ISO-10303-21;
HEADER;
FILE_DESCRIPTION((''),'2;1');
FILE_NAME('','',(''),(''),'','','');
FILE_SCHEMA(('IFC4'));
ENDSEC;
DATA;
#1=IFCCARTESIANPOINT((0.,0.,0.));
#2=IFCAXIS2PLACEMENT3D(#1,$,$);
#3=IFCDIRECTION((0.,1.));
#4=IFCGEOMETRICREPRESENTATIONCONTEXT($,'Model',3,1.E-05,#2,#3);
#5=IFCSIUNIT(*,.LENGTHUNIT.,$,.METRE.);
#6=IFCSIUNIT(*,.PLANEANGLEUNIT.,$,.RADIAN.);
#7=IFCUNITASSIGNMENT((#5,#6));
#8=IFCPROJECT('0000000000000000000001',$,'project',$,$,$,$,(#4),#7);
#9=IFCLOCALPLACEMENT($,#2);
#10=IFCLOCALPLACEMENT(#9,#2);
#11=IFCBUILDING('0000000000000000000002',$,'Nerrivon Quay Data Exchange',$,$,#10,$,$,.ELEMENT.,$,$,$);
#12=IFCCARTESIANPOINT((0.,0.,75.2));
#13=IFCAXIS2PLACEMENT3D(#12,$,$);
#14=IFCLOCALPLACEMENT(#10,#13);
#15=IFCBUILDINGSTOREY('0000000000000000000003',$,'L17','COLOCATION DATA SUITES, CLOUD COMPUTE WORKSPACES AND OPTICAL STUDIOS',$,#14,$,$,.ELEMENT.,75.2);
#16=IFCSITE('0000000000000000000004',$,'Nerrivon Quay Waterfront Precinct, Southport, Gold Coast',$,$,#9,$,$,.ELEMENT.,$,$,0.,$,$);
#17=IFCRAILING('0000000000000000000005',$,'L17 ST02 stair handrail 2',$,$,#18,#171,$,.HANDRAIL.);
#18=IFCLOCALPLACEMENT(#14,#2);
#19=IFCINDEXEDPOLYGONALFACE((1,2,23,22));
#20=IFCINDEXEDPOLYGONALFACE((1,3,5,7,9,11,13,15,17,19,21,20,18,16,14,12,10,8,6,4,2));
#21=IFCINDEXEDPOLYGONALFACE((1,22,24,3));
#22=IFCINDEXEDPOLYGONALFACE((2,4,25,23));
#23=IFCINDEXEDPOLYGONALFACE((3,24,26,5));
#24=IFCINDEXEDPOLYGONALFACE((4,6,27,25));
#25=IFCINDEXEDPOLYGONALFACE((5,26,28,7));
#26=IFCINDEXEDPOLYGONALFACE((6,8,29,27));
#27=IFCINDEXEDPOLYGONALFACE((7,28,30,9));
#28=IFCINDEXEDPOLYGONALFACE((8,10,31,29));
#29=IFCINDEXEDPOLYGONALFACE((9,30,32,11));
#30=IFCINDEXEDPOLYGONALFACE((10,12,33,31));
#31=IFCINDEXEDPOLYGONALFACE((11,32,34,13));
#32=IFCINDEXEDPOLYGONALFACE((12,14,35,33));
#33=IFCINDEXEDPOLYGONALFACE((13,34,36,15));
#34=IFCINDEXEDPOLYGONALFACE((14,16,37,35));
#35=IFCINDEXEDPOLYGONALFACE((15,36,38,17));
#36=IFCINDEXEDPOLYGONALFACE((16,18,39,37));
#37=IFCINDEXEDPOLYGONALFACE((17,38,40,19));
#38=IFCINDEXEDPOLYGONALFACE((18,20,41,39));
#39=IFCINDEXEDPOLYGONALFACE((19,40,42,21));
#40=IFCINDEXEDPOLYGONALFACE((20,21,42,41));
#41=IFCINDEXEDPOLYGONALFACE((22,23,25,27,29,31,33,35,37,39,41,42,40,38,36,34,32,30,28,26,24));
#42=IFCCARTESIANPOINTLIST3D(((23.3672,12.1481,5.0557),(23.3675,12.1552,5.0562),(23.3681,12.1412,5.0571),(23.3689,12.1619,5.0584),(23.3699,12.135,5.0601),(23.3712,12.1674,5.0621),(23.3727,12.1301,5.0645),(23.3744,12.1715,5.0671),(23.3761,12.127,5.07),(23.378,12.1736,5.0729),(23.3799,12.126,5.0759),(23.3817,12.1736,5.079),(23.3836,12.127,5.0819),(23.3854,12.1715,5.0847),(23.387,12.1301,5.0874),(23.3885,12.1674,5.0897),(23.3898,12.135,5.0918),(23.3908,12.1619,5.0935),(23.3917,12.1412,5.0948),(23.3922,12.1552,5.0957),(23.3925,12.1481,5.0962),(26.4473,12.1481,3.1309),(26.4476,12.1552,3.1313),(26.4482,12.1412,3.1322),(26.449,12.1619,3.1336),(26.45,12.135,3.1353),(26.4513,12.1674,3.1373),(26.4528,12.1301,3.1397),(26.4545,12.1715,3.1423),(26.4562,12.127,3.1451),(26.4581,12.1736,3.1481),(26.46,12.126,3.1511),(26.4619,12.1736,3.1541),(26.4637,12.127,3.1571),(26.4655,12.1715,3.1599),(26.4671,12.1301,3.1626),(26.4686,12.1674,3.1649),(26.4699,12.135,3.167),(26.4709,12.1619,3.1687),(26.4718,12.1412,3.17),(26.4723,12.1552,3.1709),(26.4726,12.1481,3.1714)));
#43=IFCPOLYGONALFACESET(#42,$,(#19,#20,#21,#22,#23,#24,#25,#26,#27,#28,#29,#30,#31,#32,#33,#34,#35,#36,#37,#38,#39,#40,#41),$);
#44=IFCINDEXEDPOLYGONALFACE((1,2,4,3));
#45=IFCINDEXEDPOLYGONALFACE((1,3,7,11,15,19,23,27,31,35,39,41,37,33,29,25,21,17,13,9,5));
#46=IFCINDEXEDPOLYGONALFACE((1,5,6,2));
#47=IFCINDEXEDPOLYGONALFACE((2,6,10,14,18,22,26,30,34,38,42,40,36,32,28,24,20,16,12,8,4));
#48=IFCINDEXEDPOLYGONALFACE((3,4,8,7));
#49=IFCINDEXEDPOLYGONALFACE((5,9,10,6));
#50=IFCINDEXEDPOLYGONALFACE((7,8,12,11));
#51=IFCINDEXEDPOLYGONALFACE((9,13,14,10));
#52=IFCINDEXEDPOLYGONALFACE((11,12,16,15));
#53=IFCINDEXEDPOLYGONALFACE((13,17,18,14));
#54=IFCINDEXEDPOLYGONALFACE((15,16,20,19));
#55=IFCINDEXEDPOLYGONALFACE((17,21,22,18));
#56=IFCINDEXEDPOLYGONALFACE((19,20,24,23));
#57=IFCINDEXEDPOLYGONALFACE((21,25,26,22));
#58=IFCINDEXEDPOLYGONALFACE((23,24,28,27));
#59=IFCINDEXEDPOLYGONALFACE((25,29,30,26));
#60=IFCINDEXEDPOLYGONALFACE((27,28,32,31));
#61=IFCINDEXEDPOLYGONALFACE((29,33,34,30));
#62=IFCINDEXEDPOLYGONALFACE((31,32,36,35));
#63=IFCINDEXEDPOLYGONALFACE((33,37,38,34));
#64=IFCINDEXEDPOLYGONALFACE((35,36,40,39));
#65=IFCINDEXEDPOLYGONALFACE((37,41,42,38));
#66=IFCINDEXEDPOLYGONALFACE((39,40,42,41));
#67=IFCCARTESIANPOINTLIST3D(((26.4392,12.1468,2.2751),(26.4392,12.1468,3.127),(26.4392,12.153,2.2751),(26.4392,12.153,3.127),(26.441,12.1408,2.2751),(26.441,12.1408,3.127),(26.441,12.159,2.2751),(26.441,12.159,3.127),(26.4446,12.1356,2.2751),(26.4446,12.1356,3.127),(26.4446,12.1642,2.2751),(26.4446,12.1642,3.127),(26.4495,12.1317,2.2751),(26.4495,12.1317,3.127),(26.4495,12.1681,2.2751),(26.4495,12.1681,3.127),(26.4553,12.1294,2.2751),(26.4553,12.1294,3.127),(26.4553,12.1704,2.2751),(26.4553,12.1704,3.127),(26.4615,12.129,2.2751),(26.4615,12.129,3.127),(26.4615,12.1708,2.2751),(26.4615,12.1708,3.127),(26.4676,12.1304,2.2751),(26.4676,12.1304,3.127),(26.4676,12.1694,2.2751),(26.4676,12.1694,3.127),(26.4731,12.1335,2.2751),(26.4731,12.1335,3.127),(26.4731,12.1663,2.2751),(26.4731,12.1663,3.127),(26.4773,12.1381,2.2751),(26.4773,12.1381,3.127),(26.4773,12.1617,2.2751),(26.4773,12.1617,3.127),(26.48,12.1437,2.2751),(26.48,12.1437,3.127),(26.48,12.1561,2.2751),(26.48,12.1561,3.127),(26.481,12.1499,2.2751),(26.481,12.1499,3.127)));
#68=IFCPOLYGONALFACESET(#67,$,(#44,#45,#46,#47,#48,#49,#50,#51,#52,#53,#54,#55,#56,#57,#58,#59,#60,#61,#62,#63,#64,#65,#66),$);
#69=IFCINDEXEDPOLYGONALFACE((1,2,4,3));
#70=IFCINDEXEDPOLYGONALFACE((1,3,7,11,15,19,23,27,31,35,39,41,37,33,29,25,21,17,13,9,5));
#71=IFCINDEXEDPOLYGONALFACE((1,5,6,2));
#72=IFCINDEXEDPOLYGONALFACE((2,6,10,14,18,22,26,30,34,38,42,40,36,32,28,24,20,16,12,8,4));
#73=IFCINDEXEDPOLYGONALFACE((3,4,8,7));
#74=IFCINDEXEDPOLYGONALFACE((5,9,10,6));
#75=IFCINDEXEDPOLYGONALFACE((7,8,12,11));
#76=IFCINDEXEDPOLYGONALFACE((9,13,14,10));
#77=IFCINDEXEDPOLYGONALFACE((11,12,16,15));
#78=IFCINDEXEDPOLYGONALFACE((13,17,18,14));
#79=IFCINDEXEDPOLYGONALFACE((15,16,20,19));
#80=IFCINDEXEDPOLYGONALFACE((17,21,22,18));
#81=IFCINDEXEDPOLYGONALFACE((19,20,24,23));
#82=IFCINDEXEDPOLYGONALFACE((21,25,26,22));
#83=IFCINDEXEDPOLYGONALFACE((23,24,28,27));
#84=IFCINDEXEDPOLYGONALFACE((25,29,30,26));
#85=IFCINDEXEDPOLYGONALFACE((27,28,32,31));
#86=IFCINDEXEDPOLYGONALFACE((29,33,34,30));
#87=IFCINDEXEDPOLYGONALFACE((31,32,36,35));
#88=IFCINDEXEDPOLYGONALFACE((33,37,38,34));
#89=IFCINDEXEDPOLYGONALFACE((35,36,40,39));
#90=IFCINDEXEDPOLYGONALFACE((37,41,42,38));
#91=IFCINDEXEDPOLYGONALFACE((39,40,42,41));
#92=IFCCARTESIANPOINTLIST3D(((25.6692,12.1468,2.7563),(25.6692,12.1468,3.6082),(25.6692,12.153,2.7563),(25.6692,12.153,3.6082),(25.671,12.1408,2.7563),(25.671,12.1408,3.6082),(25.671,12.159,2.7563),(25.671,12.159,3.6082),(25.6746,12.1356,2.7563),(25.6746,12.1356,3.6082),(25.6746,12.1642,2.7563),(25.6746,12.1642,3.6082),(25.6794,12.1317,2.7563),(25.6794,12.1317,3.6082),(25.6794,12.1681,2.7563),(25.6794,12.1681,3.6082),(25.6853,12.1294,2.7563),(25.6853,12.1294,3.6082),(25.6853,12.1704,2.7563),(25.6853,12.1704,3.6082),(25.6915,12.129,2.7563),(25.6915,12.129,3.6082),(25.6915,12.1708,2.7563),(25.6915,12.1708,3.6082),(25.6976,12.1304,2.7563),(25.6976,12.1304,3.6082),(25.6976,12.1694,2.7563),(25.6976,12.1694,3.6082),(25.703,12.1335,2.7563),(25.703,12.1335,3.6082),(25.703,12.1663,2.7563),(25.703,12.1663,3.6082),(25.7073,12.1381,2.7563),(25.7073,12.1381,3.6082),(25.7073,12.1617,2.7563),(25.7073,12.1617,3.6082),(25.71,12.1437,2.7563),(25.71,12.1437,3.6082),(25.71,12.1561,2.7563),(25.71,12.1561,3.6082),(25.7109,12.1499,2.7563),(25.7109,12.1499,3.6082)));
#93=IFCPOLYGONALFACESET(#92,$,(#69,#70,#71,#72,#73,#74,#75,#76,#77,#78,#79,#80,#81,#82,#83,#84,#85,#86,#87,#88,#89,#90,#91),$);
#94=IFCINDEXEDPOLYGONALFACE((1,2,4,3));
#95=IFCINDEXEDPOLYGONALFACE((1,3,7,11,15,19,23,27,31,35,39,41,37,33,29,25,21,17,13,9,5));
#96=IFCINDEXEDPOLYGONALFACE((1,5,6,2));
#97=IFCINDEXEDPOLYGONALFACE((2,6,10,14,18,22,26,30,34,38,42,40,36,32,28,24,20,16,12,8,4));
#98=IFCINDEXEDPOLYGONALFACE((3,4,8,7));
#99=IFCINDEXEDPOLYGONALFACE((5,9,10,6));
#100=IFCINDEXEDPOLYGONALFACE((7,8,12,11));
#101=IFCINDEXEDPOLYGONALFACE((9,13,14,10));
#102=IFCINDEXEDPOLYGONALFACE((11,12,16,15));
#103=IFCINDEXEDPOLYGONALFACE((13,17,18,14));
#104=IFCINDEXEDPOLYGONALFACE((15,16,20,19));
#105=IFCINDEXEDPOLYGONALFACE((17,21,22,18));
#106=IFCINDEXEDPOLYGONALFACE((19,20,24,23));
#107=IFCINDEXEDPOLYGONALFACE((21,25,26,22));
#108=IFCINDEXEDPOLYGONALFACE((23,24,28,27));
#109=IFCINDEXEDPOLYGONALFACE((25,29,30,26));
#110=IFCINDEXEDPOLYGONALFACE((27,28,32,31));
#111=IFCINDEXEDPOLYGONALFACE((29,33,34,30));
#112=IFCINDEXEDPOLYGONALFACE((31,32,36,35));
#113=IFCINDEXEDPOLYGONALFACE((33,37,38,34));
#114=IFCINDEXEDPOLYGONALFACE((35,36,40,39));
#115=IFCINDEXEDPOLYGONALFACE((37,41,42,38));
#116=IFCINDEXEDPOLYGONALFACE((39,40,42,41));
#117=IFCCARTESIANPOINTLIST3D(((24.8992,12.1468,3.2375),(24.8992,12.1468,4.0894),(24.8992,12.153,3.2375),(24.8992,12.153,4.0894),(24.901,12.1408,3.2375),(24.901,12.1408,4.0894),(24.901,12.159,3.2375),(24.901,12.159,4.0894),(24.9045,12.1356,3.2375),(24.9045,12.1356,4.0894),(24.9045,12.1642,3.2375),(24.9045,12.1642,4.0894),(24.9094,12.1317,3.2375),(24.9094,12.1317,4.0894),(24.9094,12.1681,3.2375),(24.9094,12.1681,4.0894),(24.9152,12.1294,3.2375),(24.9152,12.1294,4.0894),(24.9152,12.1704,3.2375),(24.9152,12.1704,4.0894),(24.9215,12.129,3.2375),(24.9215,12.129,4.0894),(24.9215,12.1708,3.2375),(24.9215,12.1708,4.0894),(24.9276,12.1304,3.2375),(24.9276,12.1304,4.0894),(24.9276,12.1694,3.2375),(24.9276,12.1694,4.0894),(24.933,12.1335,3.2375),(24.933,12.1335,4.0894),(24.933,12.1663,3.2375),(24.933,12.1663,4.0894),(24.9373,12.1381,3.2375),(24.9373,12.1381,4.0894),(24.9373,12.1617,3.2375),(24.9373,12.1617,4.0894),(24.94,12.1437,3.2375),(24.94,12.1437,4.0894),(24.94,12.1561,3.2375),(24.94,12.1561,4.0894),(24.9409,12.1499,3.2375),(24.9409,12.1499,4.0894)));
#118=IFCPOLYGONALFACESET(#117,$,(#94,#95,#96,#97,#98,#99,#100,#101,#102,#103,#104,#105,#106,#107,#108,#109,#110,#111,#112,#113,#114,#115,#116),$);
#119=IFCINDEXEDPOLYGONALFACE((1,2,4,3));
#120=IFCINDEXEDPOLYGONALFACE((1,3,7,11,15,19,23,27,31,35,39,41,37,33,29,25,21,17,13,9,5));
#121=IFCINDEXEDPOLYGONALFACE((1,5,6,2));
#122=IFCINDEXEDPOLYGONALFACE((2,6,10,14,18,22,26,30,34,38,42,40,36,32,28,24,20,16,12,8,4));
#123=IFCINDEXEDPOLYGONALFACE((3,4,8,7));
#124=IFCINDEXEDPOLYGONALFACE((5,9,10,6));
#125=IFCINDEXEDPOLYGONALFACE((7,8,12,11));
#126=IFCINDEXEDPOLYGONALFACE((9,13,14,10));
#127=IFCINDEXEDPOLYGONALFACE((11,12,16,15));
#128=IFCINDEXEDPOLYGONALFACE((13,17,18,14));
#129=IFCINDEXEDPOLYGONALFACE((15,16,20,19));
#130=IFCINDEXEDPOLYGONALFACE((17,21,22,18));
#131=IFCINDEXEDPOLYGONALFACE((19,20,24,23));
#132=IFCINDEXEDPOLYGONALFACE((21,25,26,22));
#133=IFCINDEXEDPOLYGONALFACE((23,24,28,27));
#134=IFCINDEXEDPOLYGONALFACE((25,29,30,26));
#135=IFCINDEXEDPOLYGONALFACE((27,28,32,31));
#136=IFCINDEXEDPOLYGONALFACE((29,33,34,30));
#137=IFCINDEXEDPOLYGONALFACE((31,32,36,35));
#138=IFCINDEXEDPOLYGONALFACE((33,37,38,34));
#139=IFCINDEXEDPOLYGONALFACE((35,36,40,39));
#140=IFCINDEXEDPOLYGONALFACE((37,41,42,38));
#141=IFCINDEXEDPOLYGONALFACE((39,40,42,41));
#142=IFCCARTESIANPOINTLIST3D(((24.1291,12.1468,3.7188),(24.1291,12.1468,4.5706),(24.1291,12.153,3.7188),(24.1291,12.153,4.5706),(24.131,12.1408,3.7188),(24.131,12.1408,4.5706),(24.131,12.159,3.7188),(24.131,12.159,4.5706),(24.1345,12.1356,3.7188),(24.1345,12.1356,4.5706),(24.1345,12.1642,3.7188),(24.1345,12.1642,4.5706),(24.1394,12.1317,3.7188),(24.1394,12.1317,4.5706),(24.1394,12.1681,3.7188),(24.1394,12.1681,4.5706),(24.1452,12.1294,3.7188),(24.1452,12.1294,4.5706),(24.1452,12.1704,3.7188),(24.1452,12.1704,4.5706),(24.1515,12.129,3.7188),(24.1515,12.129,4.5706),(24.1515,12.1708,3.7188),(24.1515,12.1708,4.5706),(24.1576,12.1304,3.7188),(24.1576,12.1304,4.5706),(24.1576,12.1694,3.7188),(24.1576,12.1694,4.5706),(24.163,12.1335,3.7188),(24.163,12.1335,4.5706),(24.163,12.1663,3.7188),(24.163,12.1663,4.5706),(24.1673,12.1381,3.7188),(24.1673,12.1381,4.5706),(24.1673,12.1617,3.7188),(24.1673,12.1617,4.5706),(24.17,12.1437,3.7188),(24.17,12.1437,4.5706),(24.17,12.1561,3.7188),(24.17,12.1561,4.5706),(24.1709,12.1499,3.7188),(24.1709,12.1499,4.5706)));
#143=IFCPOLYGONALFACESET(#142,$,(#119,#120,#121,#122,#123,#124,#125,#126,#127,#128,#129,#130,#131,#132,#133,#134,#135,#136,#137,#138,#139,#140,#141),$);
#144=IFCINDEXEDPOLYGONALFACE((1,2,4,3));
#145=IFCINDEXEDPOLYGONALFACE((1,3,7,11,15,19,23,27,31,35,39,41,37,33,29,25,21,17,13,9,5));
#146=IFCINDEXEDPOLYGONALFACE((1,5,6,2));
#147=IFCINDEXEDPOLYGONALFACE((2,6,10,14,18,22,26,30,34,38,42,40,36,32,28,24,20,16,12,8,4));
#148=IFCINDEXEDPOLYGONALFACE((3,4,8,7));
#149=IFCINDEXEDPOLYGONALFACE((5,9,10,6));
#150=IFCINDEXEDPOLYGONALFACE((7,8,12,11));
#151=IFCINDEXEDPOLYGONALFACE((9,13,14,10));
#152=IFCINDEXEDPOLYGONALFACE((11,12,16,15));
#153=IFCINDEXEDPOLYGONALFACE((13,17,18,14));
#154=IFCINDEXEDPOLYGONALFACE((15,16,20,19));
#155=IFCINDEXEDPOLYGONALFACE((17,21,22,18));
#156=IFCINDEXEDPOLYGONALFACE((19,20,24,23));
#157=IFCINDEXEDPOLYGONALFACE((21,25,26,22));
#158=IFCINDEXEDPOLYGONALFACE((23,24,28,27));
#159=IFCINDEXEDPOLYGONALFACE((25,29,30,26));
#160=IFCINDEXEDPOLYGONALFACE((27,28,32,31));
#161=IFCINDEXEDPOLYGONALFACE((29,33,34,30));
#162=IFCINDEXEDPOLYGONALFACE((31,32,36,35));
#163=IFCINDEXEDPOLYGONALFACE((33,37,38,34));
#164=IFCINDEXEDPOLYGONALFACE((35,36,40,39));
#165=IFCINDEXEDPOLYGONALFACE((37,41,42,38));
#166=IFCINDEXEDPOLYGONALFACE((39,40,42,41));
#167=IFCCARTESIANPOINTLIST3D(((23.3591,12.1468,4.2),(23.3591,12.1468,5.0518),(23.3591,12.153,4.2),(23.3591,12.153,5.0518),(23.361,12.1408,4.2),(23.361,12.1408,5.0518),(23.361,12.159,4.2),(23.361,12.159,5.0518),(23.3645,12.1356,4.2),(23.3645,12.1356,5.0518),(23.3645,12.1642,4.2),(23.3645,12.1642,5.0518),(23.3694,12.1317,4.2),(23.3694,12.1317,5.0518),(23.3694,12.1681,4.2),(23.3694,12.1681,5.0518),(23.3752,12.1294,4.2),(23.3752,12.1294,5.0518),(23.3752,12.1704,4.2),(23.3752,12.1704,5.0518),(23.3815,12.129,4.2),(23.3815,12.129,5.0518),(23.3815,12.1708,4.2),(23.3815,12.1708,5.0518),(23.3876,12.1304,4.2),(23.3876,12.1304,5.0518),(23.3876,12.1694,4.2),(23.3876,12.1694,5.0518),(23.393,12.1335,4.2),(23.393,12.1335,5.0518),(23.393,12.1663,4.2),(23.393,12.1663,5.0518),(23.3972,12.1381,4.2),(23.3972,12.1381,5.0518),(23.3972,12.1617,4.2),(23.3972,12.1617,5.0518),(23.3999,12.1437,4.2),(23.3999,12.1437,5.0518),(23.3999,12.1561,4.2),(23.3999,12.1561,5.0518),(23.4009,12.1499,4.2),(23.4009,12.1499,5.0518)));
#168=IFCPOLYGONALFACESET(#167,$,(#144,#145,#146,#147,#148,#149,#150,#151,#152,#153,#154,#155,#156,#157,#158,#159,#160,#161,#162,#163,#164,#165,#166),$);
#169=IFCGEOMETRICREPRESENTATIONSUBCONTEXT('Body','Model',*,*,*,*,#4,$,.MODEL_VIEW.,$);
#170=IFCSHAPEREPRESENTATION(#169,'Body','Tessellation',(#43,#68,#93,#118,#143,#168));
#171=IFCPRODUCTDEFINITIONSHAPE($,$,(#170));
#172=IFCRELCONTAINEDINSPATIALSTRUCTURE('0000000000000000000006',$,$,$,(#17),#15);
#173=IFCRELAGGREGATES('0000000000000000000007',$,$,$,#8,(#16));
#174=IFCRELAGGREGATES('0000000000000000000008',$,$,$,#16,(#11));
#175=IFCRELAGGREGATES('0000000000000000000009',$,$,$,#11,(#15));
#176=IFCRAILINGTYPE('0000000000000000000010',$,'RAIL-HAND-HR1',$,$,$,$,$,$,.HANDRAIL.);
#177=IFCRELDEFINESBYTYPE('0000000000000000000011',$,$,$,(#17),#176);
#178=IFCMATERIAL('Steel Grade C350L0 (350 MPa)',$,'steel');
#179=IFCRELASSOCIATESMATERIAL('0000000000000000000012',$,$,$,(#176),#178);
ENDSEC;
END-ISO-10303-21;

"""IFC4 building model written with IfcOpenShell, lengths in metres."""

from ifc_helpers import new_model, si_unit, direction, frame, origin, origin_2d, place, context, subcontext, project, spatial, circle, extrude, material, type_object, element, save


model = new_model("IFC4")

# Units and contexts
model_context = context("Model", 3, precision=1e-05, world=origin(), true_north=direction((0.0, 1.0)))
body_context = subcontext(model_context, "Body", "Model", "MODEL_VIEW")
ifc_project = project(units=[si_unit("LENGTHUNIT", "METRE"), si_unit("PLANEANGLEUNIT", "RADIAN")], contexts=[model_context])

# Site, building, storey
site_placement = place(None, origin())
site = spatial("IfcSite", under=ifc_project, at=site_placement, Name="Nerrivon Quay Waterfront Precinct, Southport, Gold Coast", CompositionType="ELEMENT", RefElevation=0.0)
building_placement = place(site_placement, origin())
building = spatial("IfcBuilding", under=site, at=building_placement, Name="Nerrivon Quay Data Exchange", CompositionType="ELEMENT")
storey_placement = place(building_placement, frame((0.0, 0.0, 75.2)))
storey = spatial("IfcBuildingStorey", under=building, at=storey_placement, Name="L17", Description="COLOCATION DATA SUITES, CLOUD COMPUTE WORKSPACES AND OPTICAL STUDIOS", CompositionType="ELEMENT", Elevation=75.2)

# Railing
ifc_material_1 = material(Name="Steel Grade C350L0 (350 MPa)", Category="steel")
railing_type_1 = type_object("IfcRailingType", Name="RAIL-HAND-HR1", PredefinedType="HANDRAIL", material=ifc_material_1)
railing_1_placement = place(storey_placement, frame((26.46, 12.1499, 2.2751)))
element("IfcRailing", 1, at=railing_1_placement, inside=storey, type_object=railing_type_1, Name="L17 ST02 stair handrail 2", PredefinedType="HANDRAIL", context=body_context, shape_type="SweptSolid", body=[
    extrude(circle(Radius=0.0239, at=origin_2d()), frame((0.0, 0.0, 0.876), z_axis=(-0.848029, 0.0, 0.529951), x_axis=(0.0, -1.0, 0.0)), (0.0, 0.0, 1.0), 3.6321),
    extrude(circle(Radius=0.021, at=origin_2d()), origin(), (0.0, 0.0, 1.0), 0.8518),
    extrude(circle(Radius=0.021, at=origin_2d()), frame((-0.77, 0.0, 0.4812)), (0.0, 0.0, 1.0), 0.8518),
    extrude(circle(Radius=0.021, at=origin_2d()), frame((-1.54, 0.0, 0.9624)), (0.0, 0.0, 1.0), 0.8518),
    extrude(circle(Radius=0.021, at=origin_2d()), frame((-2.3101, 0.0, 1.4436)), (0.0, 0.0, 1.0), 0.8518),
    extrude(circle(Radius=0.021, at=origin_2d()), frame((-3.0801, 0.0, 1.9248)), (0.0, 0.0, 1.0), 0.8518),
])

save(model, "model.ifc")
